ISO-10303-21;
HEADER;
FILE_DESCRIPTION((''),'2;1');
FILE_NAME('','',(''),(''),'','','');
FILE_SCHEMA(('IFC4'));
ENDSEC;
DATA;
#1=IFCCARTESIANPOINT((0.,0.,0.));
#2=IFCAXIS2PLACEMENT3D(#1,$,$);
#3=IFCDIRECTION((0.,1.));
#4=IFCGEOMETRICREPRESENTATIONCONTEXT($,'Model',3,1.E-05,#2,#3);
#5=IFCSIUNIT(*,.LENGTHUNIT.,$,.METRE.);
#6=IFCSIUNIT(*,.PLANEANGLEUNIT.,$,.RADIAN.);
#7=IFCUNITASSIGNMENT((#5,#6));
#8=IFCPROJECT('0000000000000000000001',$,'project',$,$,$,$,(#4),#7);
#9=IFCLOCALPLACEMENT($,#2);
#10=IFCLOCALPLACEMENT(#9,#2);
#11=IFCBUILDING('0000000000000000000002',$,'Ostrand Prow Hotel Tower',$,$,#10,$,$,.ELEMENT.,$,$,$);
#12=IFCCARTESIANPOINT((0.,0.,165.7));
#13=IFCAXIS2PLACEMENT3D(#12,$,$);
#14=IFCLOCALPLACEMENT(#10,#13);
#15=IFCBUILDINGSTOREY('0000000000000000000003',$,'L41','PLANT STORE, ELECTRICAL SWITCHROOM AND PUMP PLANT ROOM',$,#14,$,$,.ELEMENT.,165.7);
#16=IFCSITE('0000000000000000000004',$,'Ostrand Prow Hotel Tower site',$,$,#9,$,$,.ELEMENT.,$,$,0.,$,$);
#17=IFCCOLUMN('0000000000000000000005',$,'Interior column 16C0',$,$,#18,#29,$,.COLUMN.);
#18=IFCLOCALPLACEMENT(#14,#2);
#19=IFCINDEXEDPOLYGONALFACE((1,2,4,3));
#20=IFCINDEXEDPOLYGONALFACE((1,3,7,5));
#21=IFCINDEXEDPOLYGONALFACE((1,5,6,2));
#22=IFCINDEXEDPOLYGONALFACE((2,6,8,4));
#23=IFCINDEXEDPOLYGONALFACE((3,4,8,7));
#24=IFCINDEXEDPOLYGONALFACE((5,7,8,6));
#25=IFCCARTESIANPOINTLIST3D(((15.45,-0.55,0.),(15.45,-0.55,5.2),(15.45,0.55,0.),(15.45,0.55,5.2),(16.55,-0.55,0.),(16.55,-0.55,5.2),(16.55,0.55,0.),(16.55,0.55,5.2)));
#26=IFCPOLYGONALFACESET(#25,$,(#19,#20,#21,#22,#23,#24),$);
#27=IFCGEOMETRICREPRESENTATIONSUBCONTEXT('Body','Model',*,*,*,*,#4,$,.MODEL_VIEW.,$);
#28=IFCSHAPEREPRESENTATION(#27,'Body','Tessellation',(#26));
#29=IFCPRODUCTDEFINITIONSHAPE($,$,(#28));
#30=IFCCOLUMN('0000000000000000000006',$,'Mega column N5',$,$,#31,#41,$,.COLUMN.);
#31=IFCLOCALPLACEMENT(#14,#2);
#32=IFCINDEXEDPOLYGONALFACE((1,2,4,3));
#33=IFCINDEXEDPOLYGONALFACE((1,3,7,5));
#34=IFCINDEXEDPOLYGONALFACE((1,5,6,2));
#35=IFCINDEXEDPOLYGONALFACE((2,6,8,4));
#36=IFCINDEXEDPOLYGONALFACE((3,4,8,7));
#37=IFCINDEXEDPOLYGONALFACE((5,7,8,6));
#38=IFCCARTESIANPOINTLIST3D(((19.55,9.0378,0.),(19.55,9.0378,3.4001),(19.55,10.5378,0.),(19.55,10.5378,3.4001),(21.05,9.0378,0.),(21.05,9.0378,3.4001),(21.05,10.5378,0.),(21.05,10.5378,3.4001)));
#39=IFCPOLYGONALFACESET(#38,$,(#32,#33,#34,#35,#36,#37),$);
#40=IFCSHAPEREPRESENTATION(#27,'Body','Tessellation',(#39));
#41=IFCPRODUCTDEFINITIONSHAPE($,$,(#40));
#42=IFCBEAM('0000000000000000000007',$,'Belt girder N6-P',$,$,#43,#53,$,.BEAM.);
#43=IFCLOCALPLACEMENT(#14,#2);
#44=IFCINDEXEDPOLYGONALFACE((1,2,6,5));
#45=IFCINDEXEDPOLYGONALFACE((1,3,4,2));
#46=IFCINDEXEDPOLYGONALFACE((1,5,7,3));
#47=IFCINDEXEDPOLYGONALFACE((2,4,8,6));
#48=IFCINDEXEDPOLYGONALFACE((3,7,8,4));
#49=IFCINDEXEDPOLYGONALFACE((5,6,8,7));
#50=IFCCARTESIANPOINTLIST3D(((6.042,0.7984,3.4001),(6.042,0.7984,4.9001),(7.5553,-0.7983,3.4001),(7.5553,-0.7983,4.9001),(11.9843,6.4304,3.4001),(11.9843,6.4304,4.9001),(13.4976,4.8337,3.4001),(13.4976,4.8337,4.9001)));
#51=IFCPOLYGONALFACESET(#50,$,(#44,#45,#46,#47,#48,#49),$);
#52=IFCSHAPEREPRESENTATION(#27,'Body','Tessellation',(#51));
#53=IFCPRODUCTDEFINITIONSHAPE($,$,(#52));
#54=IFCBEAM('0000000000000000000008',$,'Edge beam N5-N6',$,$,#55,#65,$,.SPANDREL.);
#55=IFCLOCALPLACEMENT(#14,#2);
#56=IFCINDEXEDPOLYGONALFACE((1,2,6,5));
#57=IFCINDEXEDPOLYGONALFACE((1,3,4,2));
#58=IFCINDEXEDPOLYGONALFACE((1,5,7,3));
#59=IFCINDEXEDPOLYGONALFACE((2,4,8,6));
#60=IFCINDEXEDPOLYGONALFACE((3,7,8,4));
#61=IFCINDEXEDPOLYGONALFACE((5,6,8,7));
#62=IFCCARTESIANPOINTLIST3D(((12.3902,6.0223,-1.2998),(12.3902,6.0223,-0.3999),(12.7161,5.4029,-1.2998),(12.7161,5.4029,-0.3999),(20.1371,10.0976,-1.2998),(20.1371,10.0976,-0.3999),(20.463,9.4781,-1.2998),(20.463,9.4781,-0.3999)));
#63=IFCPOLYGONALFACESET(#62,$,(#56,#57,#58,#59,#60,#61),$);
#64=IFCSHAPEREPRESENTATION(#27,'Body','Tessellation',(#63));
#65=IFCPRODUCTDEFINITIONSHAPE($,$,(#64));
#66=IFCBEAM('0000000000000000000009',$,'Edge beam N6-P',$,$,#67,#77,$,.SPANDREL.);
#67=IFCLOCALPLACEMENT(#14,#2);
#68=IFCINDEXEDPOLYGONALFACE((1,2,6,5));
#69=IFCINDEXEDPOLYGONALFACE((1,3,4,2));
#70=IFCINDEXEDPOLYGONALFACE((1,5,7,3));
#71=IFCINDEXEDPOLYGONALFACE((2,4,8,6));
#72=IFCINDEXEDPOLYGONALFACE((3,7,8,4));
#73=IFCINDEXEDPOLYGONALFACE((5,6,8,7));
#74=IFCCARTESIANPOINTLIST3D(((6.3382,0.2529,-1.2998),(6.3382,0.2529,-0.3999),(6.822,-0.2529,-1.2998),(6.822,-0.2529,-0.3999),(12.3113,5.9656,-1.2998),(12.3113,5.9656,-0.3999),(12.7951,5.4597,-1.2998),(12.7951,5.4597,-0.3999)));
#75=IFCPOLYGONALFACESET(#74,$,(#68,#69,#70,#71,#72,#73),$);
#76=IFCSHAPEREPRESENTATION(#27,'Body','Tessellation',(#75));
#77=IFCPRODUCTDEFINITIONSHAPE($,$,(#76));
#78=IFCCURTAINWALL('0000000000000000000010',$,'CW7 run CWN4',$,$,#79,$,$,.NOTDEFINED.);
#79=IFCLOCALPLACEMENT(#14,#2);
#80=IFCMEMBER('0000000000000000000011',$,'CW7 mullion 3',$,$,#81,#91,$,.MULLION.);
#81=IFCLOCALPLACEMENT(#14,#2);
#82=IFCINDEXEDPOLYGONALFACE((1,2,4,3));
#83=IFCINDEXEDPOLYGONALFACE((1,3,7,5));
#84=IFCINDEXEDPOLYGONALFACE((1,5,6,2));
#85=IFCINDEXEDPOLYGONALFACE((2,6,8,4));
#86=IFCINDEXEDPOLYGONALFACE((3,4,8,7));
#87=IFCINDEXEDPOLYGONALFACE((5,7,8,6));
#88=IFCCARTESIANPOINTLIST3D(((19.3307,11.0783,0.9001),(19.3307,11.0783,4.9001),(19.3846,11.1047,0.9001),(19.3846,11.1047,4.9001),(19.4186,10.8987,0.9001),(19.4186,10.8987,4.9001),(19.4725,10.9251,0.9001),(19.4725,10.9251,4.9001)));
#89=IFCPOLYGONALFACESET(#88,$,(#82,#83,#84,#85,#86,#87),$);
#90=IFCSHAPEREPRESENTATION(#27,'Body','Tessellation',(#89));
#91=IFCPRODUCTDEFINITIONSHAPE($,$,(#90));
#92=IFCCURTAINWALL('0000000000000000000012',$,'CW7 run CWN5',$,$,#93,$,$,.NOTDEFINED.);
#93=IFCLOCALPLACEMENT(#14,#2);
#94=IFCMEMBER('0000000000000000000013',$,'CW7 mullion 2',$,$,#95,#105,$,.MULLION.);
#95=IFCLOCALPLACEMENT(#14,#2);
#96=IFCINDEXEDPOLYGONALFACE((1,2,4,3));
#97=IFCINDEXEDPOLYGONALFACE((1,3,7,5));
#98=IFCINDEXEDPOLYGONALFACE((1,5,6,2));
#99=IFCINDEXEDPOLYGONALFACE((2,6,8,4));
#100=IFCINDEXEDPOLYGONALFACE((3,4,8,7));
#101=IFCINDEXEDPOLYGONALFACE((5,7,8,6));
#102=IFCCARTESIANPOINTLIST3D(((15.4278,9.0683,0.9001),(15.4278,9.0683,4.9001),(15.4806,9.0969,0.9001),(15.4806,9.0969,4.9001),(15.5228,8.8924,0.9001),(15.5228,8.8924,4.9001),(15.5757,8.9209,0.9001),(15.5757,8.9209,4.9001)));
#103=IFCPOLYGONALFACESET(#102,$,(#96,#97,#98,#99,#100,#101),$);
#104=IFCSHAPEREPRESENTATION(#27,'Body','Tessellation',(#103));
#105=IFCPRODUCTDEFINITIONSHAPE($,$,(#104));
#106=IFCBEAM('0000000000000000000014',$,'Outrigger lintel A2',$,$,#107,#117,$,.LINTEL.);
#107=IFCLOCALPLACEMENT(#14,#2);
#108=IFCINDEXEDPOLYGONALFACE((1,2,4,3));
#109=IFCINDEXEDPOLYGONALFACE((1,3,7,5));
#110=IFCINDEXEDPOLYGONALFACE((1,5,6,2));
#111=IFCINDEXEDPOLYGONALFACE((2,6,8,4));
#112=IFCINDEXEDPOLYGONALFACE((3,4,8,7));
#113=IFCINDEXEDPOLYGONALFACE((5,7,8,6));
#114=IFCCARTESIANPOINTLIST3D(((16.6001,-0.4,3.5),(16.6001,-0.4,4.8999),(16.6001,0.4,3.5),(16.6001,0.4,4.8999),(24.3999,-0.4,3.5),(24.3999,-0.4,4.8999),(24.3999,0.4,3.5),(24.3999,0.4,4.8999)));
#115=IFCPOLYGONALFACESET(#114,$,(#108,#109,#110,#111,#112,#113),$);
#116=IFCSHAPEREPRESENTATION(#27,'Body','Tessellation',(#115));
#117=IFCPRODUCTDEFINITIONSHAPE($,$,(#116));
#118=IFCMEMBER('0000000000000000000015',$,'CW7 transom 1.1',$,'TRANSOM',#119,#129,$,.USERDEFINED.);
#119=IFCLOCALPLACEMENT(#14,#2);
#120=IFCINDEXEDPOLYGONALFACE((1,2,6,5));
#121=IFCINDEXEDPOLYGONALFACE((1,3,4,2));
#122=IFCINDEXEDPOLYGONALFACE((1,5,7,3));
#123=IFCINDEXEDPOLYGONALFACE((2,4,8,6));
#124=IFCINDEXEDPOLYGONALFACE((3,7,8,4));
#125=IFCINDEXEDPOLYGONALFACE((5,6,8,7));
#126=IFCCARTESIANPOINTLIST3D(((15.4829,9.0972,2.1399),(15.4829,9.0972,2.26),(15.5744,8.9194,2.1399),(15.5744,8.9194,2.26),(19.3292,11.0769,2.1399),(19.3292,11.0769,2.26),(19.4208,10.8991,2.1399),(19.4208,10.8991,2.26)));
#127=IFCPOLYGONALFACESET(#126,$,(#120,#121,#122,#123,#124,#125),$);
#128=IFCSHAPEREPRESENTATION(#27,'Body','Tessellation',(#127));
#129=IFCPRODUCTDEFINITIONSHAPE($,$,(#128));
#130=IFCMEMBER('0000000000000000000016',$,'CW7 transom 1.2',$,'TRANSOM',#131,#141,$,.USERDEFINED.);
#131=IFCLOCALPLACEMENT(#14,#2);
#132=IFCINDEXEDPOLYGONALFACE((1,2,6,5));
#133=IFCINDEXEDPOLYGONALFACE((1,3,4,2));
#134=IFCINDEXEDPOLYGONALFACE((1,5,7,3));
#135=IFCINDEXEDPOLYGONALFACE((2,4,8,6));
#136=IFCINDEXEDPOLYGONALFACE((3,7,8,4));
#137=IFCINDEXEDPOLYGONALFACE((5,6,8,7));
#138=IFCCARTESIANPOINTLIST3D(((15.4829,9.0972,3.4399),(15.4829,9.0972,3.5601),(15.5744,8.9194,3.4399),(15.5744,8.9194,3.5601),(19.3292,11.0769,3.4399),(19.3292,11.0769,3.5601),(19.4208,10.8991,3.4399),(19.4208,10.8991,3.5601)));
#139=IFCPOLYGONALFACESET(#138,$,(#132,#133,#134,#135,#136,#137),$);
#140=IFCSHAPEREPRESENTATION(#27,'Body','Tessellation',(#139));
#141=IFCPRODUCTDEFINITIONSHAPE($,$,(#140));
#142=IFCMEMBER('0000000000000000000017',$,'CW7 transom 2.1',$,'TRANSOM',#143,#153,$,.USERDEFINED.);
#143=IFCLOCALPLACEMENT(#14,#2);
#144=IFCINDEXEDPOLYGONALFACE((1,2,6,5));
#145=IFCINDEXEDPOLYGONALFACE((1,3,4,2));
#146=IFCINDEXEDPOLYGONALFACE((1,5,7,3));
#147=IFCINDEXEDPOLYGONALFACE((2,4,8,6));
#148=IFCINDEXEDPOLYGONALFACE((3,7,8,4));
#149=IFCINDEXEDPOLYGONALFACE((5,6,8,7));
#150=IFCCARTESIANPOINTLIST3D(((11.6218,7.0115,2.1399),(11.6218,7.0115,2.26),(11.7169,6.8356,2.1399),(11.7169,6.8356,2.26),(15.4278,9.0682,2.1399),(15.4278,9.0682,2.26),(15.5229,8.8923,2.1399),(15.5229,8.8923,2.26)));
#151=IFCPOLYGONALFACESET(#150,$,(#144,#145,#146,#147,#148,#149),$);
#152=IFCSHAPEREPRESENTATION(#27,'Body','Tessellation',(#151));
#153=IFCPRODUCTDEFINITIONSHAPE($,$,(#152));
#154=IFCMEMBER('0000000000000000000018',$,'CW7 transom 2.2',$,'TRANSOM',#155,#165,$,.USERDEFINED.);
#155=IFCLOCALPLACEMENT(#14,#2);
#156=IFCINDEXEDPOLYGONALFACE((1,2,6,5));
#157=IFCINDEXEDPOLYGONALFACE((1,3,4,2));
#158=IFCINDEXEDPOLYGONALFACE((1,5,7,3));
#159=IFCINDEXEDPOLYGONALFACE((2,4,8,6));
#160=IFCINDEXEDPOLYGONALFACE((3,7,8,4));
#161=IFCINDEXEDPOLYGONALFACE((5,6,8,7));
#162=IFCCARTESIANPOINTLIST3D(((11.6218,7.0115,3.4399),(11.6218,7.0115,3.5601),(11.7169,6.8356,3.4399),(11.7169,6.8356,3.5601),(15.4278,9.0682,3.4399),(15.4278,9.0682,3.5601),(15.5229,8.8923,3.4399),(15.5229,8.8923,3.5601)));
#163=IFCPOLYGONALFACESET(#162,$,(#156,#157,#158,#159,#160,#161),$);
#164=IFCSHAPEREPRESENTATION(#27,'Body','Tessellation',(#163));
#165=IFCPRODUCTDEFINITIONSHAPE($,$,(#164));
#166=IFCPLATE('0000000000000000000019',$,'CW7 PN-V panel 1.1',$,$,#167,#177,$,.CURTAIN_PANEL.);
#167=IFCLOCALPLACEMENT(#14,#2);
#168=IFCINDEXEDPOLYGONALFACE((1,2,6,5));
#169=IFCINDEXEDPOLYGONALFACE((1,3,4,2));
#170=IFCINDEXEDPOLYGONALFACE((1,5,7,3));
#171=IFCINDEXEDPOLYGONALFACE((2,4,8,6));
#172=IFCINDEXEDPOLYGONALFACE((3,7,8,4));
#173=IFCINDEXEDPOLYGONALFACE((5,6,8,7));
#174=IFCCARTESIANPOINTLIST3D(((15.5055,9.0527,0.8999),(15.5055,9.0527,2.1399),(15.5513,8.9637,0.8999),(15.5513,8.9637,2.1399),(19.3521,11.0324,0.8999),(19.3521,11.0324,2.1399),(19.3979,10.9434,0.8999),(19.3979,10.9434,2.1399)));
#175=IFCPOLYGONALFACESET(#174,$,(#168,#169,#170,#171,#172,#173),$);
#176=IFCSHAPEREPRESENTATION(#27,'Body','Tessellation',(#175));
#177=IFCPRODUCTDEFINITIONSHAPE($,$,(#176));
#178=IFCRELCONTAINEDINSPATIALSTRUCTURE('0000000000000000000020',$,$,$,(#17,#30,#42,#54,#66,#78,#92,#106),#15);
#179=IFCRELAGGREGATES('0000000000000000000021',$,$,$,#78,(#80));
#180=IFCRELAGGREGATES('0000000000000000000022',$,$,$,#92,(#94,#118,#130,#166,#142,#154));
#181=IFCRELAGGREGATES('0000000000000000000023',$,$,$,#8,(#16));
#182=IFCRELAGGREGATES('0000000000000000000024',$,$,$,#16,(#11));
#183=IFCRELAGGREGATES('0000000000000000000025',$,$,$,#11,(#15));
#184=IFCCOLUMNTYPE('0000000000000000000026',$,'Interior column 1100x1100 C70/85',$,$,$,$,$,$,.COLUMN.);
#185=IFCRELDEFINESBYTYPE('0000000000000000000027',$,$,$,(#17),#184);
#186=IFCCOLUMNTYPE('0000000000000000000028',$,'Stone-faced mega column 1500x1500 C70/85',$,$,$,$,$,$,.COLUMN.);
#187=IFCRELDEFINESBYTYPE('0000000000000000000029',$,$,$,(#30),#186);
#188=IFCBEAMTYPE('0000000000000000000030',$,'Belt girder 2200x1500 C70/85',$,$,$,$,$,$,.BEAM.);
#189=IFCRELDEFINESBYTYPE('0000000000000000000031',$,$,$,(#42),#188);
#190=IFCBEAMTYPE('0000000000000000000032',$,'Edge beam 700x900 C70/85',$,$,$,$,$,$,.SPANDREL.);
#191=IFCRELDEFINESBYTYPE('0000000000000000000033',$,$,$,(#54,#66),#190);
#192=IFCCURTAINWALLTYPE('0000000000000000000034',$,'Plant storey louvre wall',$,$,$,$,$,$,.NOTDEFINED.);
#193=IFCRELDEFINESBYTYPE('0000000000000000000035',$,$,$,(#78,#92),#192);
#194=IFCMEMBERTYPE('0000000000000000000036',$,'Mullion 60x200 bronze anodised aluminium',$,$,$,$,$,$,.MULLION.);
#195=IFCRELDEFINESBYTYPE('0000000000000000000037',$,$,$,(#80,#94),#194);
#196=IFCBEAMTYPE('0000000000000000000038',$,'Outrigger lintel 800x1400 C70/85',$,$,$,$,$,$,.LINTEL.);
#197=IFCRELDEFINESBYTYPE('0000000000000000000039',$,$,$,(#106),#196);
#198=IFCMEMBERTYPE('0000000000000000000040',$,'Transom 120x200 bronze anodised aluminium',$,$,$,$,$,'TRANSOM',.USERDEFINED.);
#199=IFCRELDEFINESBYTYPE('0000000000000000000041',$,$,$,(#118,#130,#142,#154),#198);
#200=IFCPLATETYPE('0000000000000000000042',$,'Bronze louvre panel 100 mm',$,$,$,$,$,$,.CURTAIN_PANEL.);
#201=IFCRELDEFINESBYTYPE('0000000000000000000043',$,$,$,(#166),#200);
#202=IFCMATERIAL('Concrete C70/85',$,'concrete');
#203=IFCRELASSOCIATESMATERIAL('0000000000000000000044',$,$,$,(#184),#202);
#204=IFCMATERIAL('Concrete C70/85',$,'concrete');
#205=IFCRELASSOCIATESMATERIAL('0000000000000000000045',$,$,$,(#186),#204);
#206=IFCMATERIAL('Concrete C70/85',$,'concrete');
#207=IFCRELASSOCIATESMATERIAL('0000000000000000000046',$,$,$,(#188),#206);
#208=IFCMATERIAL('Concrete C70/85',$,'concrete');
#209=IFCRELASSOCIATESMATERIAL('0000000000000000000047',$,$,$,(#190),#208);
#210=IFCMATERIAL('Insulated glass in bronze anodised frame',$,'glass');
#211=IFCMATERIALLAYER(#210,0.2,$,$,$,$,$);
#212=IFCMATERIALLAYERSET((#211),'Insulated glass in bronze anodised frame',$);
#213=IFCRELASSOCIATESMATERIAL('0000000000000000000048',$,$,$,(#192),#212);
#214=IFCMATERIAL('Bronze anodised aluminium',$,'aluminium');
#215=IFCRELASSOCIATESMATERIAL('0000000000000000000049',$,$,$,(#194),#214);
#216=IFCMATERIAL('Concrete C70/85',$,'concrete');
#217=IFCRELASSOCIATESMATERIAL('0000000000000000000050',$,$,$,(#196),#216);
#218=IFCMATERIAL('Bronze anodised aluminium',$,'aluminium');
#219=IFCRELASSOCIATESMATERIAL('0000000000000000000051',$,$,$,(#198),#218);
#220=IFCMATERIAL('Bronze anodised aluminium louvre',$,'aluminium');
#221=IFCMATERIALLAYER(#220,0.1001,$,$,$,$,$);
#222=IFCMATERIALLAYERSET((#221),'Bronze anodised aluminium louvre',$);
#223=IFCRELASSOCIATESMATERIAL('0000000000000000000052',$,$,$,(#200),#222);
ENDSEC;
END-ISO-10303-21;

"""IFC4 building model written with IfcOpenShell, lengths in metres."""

from ifc_helpers import new_model, si_unit, direction, frame, origin, origin_2d, place, context, subcontext, project, spatial, rectangle, extrude, material, layer, layer_set, material_profile, profile_set, type_object, element, aggregate, save


model = new_model("IFC4")

# Units and contexts
model_context = context("Model", 3, precision=1e-05, world=origin(), true_north=direction((0.0, 1.0)))
body_context = subcontext(model_context, "Body", "Model", "MODEL_VIEW")
ifc_project = project(units=[si_unit("LENGTHUNIT", "METRE"), si_unit("PLANEANGLEUNIT", "RADIAN")], contexts=[model_context])

# Site, building, storey
site_placement = place(None, origin())
site = spatial("IfcSite", under=ifc_project, at=site_placement, Name="Ostrand Prow Hotel Tower site", CompositionType="ELEMENT", RefElevation=0.0)
building_placement = place(site_placement, origin())
building = spatial("IfcBuilding", under=site, at=building_placement, Name="Ostrand Prow Hotel Tower", CompositionType="ELEMENT")
storey_placement = place(building_placement, frame((0.0, 0.0, 165.7)))
storey = spatial("IfcBuildingStorey", under=building, at=storey_placement, Name="L41", Description="PLANT STORE, ELECTRICAL SWITCHROOM AND PUMP PLANT ROOM", CompositionType="ELEMENT", Elevation=165.7)

# Columns
ifc_material_1 = material(Name="Concrete C70/85", Category="concrete")
ifc_material_profile_1 = material_profile(ifc_material_1, rectangle(XDim=1.1001, YDim=1.1001, at=origin_2d()), Name="RC 1100x1100")
ifc_profile_set_1 = profile_set([ifc_material_profile_1], Name="Concrete C70/85")
column_type_1 = type_object("IfcColumnType", Name="Interior column 1100x1100 C70/85", PredefinedType="COLUMN", material=ifc_profile_set_1)
column_1_placement = place(storey_placement, frame((16.0, 0.0, 0.0), z_axis=(0.0, 0.0, 1.0), x_axis=(1.0, 0.0, 0.0)))
element("IfcColumn", 1, at=column_1_placement, inside=storey, type_object=column_type_1, Name="Interior column 16C0", PredefinedType="COLUMN", context=body_context, shape_type="SweptSolid", body=[
    extrude(rectangle(XDim=1.1001, YDim=1.1001, at=origin_2d()), origin(), (0.0, 0.0, 1.0), 5.2),
])
ifc_material_2 = material(Name="Concrete C70/85", Category="concrete")
ifc_material_profile_2 = material_profile(ifc_material_2, rectangle(XDim=1.5, YDim=1.5, at=origin_2d()), Name="RC 1500x1500")
ifc_profile_set_2 = profile_set([ifc_material_profile_2], Name="Concrete C70/85")
column_type_2 = type_object("IfcColumnType", Name="Stone-faced mega column 1500x1500 C70/85", PredefinedType="COLUMN", material=ifc_profile_set_2)
column_2_placement = place(storey_placement, frame((20.3, 9.7878, 0.0), z_axis=(0.0, 0.0, 1.0), x_axis=(1.0, 0.0, 0.0)))
element("IfcColumn", 2, at=column_2_placement, inside=storey, type_object=column_type_2, Name="Mega column N5", PredefinedType="COLUMN", context=body_context, shape_type="SweptSolid", body=[
    extrude(rectangle(XDim=1.5, YDim=1.5, at=origin_2d()), origin(), (0.0, 0.0, 1.0), 3.4001),
])

# Beams
ifc_material_3 = material(Name="Concrete C70/85", Category="concrete")
ifc_material_profile_3 = material_profile(ifc_material_3, rectangle(XDim=2.2, YDim=1.5, at=origin_2d()), Name="RC 2200x1500")
ifc_profile_set_3 = profile_set([ifc_material_profile_3], Name="Concrete C70/85")
beam_type_1 = type_object("IfcBeamType", Name="Belt girder 2200x1500 C70/85", PredefinedType="BEAM", material=ifc_profile_set_3)
beam_1_placement = place(storey_placement, frame((12.741, 5.6321, 4.1501), z_axis=(-0.725803, -0.687903, 0.0), x_axis=(0.687903, -0.725803, 0.0)))
element("IfcBeam", 3, at=beam_1_placement, inside=storey, type_object=beam_type_1, Name="Belt girder N6-P", PredefinedType="BEAM", context=body_context, shape_type="SweptSolid", body=[
    extrude(rectangle(XDim=2.2, YDim=1.5, at=origin_2d()), origin(), (0.0, 0.0, 1.0), 8.1873),
])
ifc_material_4 = material(Name="Concrete C70/85", Category="concrete")
ifc_material_profile_4 = material_profile(ifc_material_4, rectangle(XDim=0.7, YDim=0.8999, at=origin_2d()), Name="RC 700x900")
ifc_profile_set_4 = profile_set([ifc_material_profile_4], Name="Concrete C70/85")
beam_type_2 = type_object("IfcBeamType", Name="Edge beam 700x900 C70/85", PredefinedType="SPANDREL", material=ifc_profile_set_4)
beam_2_placement = place(storey_placement, frame((20.3, 9.7878, -0.8499), z_axis=(-0.885016, -0.46556, 0.0), x_axis=(0.46556, -0.885016, 0.0)))
element("IfcBeam", 4, at=beam_2_placement, inside=storey, type_object=beam_type_2, Name="Edge beam N5-N6", PredefinedType="SPANDREL", context=body_context, shape_type="SweptSolid", body=[
    extrude(rectangle(XDim=0.7, YDim=0.8999, at=origin_2d()), origin(), (0.0, 0.0, 1.0), 8.7534),
])
beam_3_placement = place(storey_placement, frame((12.5532, 5.7126, -0.8499), z_axis=(-0.72269, -0.691172, 0.0), x_axis=(0.691172, -0.72269, 0.0)))
element("IfcBeam", 5, at=beam_3_placement, inside=storey, type_object=beam_type_2, Name="Edge beam N6-P", PredefinedType="SPANDREL", context=body_context, shape_type="SweptSolid", body=[
    extrude(rectangle(XDim=0.7, YDim=0.8999, at=origin_2d()), origin(), (0.0, 0.0, 1.0), 8.2651),
])

# Curtain walls, members
ifc_material_5 = material(Name="Insulated glass in bronze anodised frame", Category="glass")
ifc_layer_1 = layer(ifc_material_5, 0.2)
ifc_layer_set_1 = layer_set([ifc_layer_1], Name="Insulated glass in bronze anodised frame")
curtain_wall_type = type_object("IfcCurtainWallType", Name="Plant storey louvre wall", PredefinedType="NOTDEFINED", material=ifc_layer_set_1)
curtain_wall_1_placement = place(storey_placement, origin())
curtain_wall_1 = element("IfcCurtainWall", 6, at=curtain_wall_1_placement, inside=storey, type_object=curtain_wall_type, Name="CW7 run CWN4", PredefinedType="NOTDEFINED")
ifc_material_6 = material(Name="Bronze anodised aluminium", Category="aluminium")
ifc_material_profile_5 = material_profile(ifc_material_6, rectangle(XDim=0.2, YDim=0.0601, at=origin_2d()), Name="Mullion 60x200 bronze anodised aluminium")
ifc_profile_set_5 = profile_set([ifc_material_profile_5], Name="Bronze anodised aluminium")
member_type_1 = type_object("IfcMemberType", Name="Mullion 60x200 bronze anodised aluminium", PredefinedType="MULLION", material=ifc_profile_set_5)
member_1_placement = place(storey_placement, frame((19.4016, 11.0017, 0.9001), z_axis=(0.0, 0.0, 1.0), x_axis=(0.439659, -0.898165, 0.0)))
member_1 = element("IfcMember", 7, at=member_1_placement, type_object=member_type_1, Name="CW7 mullion 3", PredefinedType="MULLION", context=body_context, shape_type="SweptSolid", body=[
    extrude(rectangle(XDim=0.2, YDim=0.0601, at=origin_2d()), origin(), (0.0, 0.0, 1.0), 4.0),
])
aggregate(curtain_wall_1, [member_1])
curtain_wall_2_placement = place(storey_placement, origin())
curtain_wall_2 = element("IfcCurtainWall", 8, at=curtain_wall_2_placement, inside=storey, type_object=curtain_wall_type, Name="CW7 run CWN5", PredefinedType="NOTDEFINED")
member_2_placement = place(storey_placement, frame((15.5017, 8.9946, 0.9001), z_axis=(0.0, 0.0, 1.0), x_axis=(0.475394, -0.879773, 0.0)))
member_2 = element("IfcMember", 9, at=member_2_placement, type_object=member_type_1, Name="CW7 mullion 2", PredefinedType="MULLION", context=body_context, shape_type="SweptSolid", body=[
    extrude(rectangle(XDim=0.2, YDim=0.0601, at=origin_2d()), origin(), (0.0, 0.0, 1.0), 4.0),
])

# Beam
ifc_material_7 = material(Name="Concrete C70/85", Category="concrete")
ifc_material_profile_6 = material_profile(ifc_material_7, rectangle(XDim=0.8, YDim=1.3999, at=origin_2d()), Name="RC 800x1400")
ifc_profile_set_6 = profile_set([ifc_material_profile_6], Name="Concrete C70/85")
beam_type_3 = type_object("IfcBeamType", Name="Outrigger lintel 800x1400 C70/85", PredefinedType="LINTEL", material=ifc_profile_set_6)
beam_4_placement = place(storey_placement, frame((16.6001, 0.0, 4.2), z_axis=(1.0, 0.0, 0.0), x_axis=(0.0, 1.0, 0.0)))
element("IfcBeam", 10, at=beam_4_placement, inside=storey, type_object=beam_type_3, Name="Outrigger lintel A2", PredefinedType="LINTEL", context=body_context, shape_type="SweptSolid", body=[
    extrude(rectangle(XDim=0.8, YDim=1.3999, at=origin_2d()), origin(), (0.0, 0.0, 1.0), 7.7998),
])

# Members
ifc_material_8 = material(Name="Bronze anodised aluminium", Category="aluminium")
ifc_material_profile_7 = material_profile(ifc_material_8, rectangle(XDim=0.2, YDim=0.1201, at=origin_2d()), Name="Transom 120x200 bronze anodised aluminium")
ifc_profile_set_7 = profile_set([ifc_material_profile_7], Name="Bronze anodised aluminium")
member_type_2 = type_object("IfcMemberType", Name="Transom 120x200 bronze anodised aluminium", ElementType="TRANSOM", PredefinedType="USERDEFINED", material=ifc_profile_set_7)
member_3_placement = place(storey_placement, frame((19.375, 10.988, 2.2), z_axis=(-0.88914, -0.457635, 0.0), x_axis=(0.457635, -0.88914, 0.0)))
member_3 = element("IfcMember", 11, at=member_3_placement, type_object=member_type_2, Name="CW7 transom 1.1", ObjectType="TRANSOM", PredefinedType="USERDEFINED", context=body_context, shape_type="SweptSolid", body=[
    extrude(rectangle(XDim=0.2, YDim=0.1201, at=origin_2d()), origin(), (0.0, 0.0, 1.0), 4.3259),
])
member_4_placement = place(storey_placement, frame((19.375, 10.988, 3.5), z_axis=(-0.88914, -0.457635, 0.0), x_axis=(0.457635, -0.88914, 0.0)))
member_4 = element("IfcMember", 12, at=member_4_placement, type_object=member_type_2, Name="CW7 transom 1.2", ObjectType="TRANSOM", PredefinedType="USERDEFINED", context=body_context, shape_type="SweptSolid", body=[
    extrude(rectangle(XDim=0.2, YDim=0.1201, at=origin_2d()), origin(), (0.0, 0.0, 1.0), 4.3259),
])
member_5_placement = place(storey_placement, frame((15.4753, 8.9802, 2.2), z_axis=(-0.879765, -0.475408, 0.0), x_axis=(0.475408, -0.879765, 0.0)))
member_5 = element("IfcMember", 13, at=member_5_placement, type_object=member_type_2, Name="CW7 transom 2.1", ObjectType="TRANSOM", PredefinedType="USERDEFINED", context=body_context, shape_type="SweptSolid", body=[
    extrude(rectangle(XDim=0.2, YDim=0.1201, at=origin_2d()), origin(), (0.0, 0.0, 1.0), 4.3262),
])
member_6_placement = place(storey_placement, frame((15.4753, 8.9802, 3.5), z_axis=(-0.879765, -0.475408, 0.0), x_axis=(0.475408, -0.879765, 0.0)))
member_6 = element("IfcMember", 14, at=member_6_placement, type_object=member_type_2, Name="CW7 transom 2.2", ObjectType="TRANSOM", PredefinedType="USERDEFINED", context=body_context, shape_type="SweptSolid", body=[
    extrude(rectangle(XDim=0.2, YDim=0.1201, at=origin_2d()), origin(), (0.0, 0.0, 1.0), 4.3262),
])

# Plate
ifc_material_9 = material(Name="Bronze anodised aluminium louvre", Category="aluminium")
ifc_layer_2 = layer(ifc_material_9, 0.1001)
ifc_layer_set_2 = layer_set([ifc_layer_2], Name="Bronze anodised aluminium louvre")
plate_type = type_object("IfcPlateType", Name="Bronze louvre panel 100 mm", PredefinedType="CURTAIN_PANEL", material=ifc_layer_set_2)
plate_1_placement = place(storey_placement, frame((17.4517, 9.998, 0.8999), z_axis=(0.0, 0.0, 1.0), x_axis=(-0.889148, -0.457619, 0.0)))
plate_1 = element("IfcPlate", 15, at=plate_1_placement, type_object=plate_type, Name="CW7 PN-V panel 1.1", PredefinedType="CURTAIN_PANEL", context=body_context, shape_type="SweptSolid", body=[
    extrude(rectangle(XDim=4.3262, YDim=0.1001, at=origin_2d()), origin(), (0.0, 0.0, 1.0), 1.24),
])
aggregate(curtain_wall_2, [member_2, member_3, member_4, plate_1, member_5, member_6])

save(model, "model.ifc")
